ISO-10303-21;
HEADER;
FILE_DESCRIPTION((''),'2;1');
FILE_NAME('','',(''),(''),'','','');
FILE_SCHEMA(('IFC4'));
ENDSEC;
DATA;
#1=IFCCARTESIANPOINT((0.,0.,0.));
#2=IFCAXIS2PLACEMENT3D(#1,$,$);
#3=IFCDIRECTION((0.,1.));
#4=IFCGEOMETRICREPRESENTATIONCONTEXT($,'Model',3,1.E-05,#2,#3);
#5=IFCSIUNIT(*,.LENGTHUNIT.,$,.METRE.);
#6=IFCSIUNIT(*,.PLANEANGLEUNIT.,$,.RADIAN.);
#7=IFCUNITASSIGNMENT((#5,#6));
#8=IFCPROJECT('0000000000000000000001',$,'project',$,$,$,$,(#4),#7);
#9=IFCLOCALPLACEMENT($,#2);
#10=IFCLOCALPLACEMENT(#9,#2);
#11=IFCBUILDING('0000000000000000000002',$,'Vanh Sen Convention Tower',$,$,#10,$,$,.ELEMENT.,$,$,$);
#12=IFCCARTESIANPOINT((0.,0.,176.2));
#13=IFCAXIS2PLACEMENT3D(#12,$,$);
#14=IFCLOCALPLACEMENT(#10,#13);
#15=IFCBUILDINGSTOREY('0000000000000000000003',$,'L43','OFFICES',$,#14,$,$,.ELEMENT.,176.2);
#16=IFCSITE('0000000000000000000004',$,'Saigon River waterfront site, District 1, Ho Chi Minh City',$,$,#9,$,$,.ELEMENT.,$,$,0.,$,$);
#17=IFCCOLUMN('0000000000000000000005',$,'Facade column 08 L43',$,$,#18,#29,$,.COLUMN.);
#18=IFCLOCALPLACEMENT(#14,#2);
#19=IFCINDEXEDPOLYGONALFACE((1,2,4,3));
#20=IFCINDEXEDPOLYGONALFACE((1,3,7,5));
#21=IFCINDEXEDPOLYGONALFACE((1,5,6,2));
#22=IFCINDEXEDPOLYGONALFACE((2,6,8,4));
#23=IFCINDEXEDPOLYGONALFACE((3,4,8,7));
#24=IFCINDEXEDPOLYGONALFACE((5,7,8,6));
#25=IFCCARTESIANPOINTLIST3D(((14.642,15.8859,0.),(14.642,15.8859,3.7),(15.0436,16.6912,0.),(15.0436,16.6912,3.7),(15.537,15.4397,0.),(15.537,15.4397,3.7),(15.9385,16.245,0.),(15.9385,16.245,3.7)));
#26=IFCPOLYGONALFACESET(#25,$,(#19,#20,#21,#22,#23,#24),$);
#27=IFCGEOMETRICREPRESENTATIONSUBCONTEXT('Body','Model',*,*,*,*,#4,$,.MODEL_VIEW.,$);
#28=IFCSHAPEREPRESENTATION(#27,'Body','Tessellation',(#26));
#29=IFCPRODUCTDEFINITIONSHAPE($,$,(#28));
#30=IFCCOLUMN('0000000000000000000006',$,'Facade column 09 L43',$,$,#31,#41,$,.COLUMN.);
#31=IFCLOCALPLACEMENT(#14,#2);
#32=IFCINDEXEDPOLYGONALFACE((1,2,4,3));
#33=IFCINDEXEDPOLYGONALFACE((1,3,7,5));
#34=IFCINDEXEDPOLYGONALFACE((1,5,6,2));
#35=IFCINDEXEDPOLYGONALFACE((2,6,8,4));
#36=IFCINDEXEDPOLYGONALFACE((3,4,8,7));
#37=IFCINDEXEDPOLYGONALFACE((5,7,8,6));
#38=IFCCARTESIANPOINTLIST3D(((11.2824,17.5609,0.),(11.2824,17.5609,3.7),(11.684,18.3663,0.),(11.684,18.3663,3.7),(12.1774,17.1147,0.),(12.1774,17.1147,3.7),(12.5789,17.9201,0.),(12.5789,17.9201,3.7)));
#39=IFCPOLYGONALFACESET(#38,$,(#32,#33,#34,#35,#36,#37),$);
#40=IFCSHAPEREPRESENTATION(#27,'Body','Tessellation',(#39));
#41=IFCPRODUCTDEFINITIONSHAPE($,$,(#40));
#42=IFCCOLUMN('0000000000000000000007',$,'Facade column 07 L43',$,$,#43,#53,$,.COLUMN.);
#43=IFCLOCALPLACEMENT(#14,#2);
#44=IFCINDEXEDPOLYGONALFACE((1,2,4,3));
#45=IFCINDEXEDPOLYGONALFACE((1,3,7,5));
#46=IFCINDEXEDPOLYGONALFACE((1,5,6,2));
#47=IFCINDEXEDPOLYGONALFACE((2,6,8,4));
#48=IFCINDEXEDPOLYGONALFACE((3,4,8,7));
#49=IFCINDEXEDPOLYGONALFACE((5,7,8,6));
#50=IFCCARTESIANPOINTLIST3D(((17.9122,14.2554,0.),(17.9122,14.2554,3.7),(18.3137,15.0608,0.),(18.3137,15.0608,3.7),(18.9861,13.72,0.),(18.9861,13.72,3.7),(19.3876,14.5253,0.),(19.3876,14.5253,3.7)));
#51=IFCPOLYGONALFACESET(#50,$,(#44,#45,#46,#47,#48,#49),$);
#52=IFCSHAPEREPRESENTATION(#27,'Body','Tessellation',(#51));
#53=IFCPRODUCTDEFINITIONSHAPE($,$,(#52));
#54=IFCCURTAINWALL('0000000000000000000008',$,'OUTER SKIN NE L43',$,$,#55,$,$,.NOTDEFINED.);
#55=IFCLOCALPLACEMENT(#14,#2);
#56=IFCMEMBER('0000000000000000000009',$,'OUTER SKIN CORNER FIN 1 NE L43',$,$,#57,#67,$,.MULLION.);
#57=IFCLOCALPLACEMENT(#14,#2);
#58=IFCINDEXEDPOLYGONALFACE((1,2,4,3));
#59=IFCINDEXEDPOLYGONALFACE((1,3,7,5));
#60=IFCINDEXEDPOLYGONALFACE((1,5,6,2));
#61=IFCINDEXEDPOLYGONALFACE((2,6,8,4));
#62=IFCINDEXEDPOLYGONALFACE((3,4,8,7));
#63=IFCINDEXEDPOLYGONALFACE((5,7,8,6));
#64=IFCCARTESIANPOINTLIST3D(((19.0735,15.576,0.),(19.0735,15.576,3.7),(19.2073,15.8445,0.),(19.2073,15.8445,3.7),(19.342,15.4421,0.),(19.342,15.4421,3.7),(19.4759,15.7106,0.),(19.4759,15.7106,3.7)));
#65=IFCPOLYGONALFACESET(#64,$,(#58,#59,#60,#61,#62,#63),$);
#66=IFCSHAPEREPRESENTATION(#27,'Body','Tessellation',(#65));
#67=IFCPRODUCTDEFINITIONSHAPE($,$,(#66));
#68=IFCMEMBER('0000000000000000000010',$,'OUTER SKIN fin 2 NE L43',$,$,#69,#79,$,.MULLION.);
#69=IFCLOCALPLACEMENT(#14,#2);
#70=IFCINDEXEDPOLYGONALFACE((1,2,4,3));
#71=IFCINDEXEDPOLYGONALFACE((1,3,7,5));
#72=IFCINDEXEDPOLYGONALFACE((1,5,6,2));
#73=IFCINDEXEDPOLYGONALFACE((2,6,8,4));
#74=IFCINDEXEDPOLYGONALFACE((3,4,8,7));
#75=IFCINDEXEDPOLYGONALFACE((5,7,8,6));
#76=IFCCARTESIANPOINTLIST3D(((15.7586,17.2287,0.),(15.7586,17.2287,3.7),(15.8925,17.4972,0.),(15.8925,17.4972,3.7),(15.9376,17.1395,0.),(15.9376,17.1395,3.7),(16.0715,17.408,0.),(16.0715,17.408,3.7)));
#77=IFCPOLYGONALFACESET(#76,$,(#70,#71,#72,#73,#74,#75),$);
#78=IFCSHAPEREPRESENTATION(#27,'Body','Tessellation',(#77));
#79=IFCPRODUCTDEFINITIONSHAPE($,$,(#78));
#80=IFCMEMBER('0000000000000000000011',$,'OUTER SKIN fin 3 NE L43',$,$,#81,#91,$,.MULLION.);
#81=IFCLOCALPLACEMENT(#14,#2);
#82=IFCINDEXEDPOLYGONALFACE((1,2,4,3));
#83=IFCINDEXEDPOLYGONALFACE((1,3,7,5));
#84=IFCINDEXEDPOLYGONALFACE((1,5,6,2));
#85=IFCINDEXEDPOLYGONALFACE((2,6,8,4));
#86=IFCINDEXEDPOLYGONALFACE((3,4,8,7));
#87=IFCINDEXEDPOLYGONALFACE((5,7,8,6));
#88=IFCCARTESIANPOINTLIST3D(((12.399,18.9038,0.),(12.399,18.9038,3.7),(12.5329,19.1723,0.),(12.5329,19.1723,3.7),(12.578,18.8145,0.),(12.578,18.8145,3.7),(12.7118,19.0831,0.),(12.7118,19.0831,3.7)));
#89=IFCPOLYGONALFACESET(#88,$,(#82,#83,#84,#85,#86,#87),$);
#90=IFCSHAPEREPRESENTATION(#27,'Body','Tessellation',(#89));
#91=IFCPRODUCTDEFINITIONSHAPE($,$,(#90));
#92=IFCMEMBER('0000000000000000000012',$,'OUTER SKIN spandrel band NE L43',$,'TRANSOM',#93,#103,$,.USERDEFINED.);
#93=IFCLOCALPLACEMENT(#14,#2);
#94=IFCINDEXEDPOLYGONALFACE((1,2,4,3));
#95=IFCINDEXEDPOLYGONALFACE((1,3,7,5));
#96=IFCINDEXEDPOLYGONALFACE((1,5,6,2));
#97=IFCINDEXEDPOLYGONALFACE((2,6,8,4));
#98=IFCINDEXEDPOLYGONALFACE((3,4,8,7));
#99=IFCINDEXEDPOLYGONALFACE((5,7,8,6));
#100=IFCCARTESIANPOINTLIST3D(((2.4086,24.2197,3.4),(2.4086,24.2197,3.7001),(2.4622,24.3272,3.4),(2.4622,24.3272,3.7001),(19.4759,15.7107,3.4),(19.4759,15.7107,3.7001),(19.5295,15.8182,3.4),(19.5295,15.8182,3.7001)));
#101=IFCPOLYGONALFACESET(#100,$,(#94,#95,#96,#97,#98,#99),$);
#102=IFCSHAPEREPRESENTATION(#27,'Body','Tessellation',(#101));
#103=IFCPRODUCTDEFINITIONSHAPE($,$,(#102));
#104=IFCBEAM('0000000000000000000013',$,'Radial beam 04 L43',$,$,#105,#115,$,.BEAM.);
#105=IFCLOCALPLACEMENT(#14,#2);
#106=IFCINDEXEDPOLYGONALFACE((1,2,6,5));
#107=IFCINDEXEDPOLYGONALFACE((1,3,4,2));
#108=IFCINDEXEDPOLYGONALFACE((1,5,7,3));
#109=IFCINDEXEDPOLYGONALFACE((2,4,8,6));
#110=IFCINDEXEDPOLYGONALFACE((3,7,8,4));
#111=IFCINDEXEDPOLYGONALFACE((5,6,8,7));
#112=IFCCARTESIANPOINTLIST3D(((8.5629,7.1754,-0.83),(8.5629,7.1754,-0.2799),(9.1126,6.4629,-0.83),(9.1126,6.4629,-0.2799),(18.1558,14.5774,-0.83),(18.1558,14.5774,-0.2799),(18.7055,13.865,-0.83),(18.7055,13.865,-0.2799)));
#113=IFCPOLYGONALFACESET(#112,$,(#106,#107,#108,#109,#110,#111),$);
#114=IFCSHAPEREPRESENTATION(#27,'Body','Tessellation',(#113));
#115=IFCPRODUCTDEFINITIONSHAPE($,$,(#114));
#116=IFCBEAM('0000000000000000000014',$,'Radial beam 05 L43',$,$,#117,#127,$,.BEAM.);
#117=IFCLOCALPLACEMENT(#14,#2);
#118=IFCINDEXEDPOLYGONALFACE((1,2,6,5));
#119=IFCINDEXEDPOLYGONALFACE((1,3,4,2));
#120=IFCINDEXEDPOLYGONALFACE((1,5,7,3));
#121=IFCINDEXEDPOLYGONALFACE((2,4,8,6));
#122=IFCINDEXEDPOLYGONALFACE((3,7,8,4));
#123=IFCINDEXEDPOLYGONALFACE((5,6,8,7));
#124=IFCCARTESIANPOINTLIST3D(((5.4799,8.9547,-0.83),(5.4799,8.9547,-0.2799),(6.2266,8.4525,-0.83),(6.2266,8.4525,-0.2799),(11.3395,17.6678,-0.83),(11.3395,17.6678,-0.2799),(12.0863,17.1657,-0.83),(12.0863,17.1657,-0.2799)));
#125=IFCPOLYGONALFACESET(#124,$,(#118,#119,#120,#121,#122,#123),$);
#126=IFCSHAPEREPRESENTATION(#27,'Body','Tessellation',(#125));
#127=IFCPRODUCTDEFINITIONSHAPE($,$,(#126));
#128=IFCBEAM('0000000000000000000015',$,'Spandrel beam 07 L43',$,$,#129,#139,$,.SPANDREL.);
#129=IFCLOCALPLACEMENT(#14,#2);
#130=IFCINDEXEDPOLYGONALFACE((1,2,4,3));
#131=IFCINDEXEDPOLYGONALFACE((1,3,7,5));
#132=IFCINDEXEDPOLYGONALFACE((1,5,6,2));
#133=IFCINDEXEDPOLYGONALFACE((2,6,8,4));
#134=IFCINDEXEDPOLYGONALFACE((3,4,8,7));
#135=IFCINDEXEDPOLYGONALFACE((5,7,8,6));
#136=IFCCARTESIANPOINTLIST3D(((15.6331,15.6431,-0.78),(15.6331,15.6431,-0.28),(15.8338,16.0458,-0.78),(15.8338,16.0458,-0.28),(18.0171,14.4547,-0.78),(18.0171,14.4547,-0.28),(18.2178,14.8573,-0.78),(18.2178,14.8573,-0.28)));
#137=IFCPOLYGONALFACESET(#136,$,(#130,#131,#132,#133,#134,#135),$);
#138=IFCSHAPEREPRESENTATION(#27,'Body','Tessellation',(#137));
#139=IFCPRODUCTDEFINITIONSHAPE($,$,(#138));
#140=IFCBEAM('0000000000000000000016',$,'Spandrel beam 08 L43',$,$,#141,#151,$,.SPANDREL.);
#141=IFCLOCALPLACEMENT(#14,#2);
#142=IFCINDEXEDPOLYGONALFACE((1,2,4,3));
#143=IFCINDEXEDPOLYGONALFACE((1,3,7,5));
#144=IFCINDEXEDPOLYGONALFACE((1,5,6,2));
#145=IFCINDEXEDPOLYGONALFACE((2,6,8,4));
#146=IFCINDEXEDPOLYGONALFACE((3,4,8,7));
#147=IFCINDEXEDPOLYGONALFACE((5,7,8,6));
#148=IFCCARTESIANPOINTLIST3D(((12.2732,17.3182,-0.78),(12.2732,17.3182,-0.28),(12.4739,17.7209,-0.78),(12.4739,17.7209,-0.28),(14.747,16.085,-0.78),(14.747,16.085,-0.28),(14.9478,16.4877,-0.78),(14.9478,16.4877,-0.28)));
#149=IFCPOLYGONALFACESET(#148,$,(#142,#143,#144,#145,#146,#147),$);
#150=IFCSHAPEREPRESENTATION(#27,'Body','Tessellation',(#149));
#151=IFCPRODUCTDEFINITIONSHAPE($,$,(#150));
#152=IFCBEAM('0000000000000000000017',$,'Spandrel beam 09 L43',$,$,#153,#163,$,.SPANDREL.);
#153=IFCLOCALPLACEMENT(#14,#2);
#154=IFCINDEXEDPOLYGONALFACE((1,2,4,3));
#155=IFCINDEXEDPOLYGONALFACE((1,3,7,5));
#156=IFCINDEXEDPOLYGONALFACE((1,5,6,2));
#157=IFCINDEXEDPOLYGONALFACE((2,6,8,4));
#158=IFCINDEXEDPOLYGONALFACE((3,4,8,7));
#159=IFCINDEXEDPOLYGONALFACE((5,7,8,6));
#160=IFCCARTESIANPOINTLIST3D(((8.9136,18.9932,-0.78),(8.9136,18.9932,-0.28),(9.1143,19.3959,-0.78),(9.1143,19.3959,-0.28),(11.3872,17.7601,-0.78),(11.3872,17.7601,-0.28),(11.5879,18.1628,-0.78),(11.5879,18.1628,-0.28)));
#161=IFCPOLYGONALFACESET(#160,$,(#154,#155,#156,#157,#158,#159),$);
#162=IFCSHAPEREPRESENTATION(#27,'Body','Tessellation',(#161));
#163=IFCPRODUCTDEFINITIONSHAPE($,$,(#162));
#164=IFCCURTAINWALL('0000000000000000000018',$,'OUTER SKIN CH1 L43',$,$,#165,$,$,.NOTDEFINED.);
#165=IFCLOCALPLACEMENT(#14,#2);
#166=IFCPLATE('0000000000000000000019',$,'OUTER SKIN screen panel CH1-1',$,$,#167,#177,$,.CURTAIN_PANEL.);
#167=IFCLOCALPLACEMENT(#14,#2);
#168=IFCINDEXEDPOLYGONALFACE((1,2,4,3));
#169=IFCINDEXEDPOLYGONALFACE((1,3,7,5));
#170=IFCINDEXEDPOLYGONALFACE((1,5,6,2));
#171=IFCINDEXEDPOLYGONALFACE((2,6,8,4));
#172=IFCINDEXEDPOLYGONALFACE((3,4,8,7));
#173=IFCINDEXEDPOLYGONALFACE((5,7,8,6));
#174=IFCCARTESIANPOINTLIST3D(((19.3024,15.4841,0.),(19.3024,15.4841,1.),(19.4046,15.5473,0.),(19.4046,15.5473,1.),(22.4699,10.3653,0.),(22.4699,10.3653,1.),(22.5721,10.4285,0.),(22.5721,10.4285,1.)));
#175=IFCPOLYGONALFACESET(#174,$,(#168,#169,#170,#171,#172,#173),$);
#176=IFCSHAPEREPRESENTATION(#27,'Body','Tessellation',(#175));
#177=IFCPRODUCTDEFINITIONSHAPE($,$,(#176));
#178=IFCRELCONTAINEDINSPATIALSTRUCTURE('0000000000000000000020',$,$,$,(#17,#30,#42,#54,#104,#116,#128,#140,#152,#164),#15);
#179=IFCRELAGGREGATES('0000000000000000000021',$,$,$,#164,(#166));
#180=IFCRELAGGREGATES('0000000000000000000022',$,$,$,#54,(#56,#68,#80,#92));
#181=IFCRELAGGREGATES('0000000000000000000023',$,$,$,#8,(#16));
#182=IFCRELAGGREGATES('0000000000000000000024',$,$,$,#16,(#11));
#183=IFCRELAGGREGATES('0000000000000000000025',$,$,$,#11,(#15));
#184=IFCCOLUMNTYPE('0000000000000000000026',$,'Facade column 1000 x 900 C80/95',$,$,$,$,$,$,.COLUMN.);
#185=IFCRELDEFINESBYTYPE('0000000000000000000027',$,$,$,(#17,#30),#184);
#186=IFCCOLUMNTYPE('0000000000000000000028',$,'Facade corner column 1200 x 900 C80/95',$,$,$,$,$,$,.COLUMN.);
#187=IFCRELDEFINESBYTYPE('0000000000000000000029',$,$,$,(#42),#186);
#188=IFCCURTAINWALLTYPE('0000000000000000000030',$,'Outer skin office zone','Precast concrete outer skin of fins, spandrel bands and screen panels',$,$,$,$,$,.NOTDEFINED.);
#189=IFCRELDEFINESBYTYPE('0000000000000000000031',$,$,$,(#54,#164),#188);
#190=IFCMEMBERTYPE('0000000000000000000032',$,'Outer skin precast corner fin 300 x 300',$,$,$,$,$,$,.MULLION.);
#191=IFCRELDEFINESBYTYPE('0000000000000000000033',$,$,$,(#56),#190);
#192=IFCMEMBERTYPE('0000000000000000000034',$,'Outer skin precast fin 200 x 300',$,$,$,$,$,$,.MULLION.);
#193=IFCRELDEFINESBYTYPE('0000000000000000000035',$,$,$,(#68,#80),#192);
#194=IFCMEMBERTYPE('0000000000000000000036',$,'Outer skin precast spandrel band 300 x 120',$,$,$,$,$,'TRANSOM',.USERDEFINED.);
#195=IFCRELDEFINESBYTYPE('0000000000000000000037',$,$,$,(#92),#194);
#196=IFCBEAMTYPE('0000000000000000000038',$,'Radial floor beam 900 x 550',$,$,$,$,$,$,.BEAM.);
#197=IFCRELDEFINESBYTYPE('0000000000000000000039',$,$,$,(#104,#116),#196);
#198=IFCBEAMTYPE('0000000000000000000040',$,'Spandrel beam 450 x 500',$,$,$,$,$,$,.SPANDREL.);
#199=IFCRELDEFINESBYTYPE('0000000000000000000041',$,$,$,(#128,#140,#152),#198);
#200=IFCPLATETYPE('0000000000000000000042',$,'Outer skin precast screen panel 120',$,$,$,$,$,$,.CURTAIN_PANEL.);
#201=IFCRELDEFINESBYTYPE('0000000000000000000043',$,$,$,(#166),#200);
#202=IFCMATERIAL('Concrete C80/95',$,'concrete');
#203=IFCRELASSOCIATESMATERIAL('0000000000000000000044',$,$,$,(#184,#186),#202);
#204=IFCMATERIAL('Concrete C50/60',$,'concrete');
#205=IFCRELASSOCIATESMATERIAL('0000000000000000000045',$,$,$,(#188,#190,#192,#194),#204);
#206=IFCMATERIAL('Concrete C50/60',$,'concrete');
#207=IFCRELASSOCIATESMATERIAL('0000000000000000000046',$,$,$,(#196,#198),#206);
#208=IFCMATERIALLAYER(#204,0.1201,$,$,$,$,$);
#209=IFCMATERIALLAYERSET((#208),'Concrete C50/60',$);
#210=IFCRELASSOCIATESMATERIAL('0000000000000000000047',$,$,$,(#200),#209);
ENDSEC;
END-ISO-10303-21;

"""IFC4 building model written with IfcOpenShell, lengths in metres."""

from ifc_helpers import new_model, si_unit, direction, frame, origin, origin_2d, place, context, subcontext, project, spatial, rectangle, extrude, material, layer, layer_set, material_profile, profile_set, type_object, element, aggregate, save


model = new_model("IFC4")

# Units and contexts
model_context = context("Model", 3, precision=1e-05, world=origin(), true_north=direction((0.0, 1.0)))
body_context = subcontext(model_context, "Body", "Model", "MODEL_VIEW")
ifc_project = project(units=[si_unit("LENGTHUNIT", "METRE"), si_unit("PLANEANGLEUNIT", "RADIAN")], contexts=[model_context])

# Site, building, storey
site_placement = place(None, origin())
site = spatial("IfcSite", under=ifc_project, at=site_placement, Name="Saigon River waterfront site, District 1, Ho Chi Minh City", CompositionType="ELEMENT", RefElevation=0.0)
building_placement = place(site_placement, origin())
building = spatial("IfcBuilding", under=site, at=building_placement, Name="Vanh Sen Convention Tower", CompositionType="ELEMENT")
storey_placement = place(building_placement, frame((0.0, 0.0, 176.2)))
storey = spatial("IfcBuildingStorey", under=building, at=storey_placement, Name="L43", Description="OFFICES", CompositionType="ELEMENT", Elevation=176.2)

# Columns
ifc_material_1 = material(Name="Concrete C80/95", Category="concrete")
ifc_material_profile_1 = material_profile(ifc_material_1, rectangle(XDim=1.0, YDim=0.8999, at=origin_2d()), Name="RC 1000X900")
ifc_profile_set_1 = profile_set([ifc_material_profile_1], Name="Concrete C80/95")
column_type_1 = type_object("IfcColumnType", Name="Facade column 1000 x 900 C80/95", PredefinedType="COLUMN", material=ifc_profile_set_1)
for number, where, z_axis, x_axis, name in (
    (1, (15.2903, 16.0654, 0.0), (0.0, 0.0, 1.0), (-0.894934, 0.446198, 0.0), "Facade column 08 L43"),
    (2, (11.9307, 17.7405, 0.0), (0.0, 0.0, 1.0), (-0.894934, 0.446198, 0.0), "Facade column 09 L43"),
):
    element("IfcColumn", number, at=place(storey_placement, frame(where, z_axis=z_axis, x_axis=x_axis)), inside=storey, type_object=column_type_1, Name=name, PredefinedType="COLUMN", context=body_context, shape_type="SweptSolid", body=[
        extrude(rectangle(XDim=1.0, YDim=0.8999, at=origin_2d()), origin(), (0.0, 0.0, 1.0), 3.7),
    ])
ifc_material_profile_2 = material_profile(ifc_material_1, rectangle(XDim=1.2, YDim=0.8999, at=origin_2d()), Name="RC 1200X900")
ifc_profile_set_2 = profile_set([ifc_material_profile_2], Name="Concrete C80/95")
column_type_2 = type_object("IfcColumnType", Name="Facade corner column 1200 x 900 C80/95", PredefinedType="COLUMN", material=ifc_profile_set_2)
column_placement = place(storey_placement, frame((18.6499, 14.3904, 0.0), z_axis=(0.0, 0.0, 1.0), x_axis=(-0.894934, 0.446198, 0.0)))
element("IfcColumn", 3, at=column_placement, inside=storey, type_object=column_type_2, Name="Facade column 07 L43", PredefinedType="COLUMN", context=body_context, shape_type="SweptSolid", body=[
    extrude(rectangle(XDim=1.2, YDim=0.8999, at=origin_2d()), origin(), (0.0, 0.0, 1.0), 3.7),
])

# Curtain wall, members
ifc_material_2 = material(Name="Concrete C50/60", Category="concrete")
curtain_wall_type = type_object("IfcCurtainWallType", Name="Outer skin office zone", Description="Precast concrete outer skin of fins, spandrel bands and screen panels", PredefinedType="NOTDEFINED", material=ifc_material_2)
curtain_wall_1_placement = place(storey_placement, origin())
curtain_wall_1 = element("IfcCurtainWall", 4, at=curtain_wall_1_placement, inside=storey, type_object=curtain_wall_type, Name="OUTER SKIN NE L43", PredefinedType="NOTDEFINED")
ifc_material_profile_3 = material_profile(ifc_material_2, rectangle(XDim=0.3, YDim=0.3, at=origin_2d()), Name="Outer skin precast corner fin 300 x 300")
ifc_profile_set_3 = profile_set([ifc_material_profile_3], Name="Concrete C50/60")
member_type_1 = type_object("IfcMemberType", Name="Outer skin precast corner fin 300 x 300", PredefinedType="MULLION", material=ifc_profile_set_3)
member_1_placement = place(storey_placement, frame((19.2747, 15.6433, 0.0), z_axis=(0.0, 0.0, 1.0), x_axis=(-0.894934, 0.446198, 0.0)))
member_1 = element("IfcMember", 5, at=member_1_placement, type_object=member_type_1, Name="OUTER SKIN CORNER FIN 1 NE L43", PredefinedType="MULLION", context=body_context, shape_type="SweptSolid", body=[
    extrude(rectangle(XDim=0.3, YDim=0.3, at=origin_2d()), origin(), (0.0, 0.0, 1.0), 3.7),
])
ifc_material_profile_4 = material_profile(ifc_material_2, rectangle(XDim=0.2, YDim=0.3, at=origin_2d()), Name="Outer skin precast fin 200 x 300")
ifc_profile_set_4 = profile_set([ifc_material_profile_4], Name="Concrete C50/60")
member_type_2 = type_object("IfcMemberType", Name="Outer skin precast fin 200 x 300", PredefinedType="MULLION", material=ifc_profile_set_4)
member_2_placement = place(storey_placement, frame((15.915, 17.3184, 0.0), z_axis=(0.0, 0.0, 1.0), x_axis=(-0.894934, 0.446198, 0.0)))
member_2 = element("IfcMember", 6, at=member_2_placement, type_object=member_type_2, Name="OUTER SKIN fin 2 NE L43", PredefinedType="MULLION", context=body_context, shape_type="SweptSolid", body=[
    extrude(rectangle(XDim=0.2, YDim=0.3, at=origin_2d()), origin(), (0.0, 0.0, 1.0), 3.7),
])
member_3_placement = place(storey_placement, frame((12.5554, 18.9934, 0.0), z_axis=(0.0, 0.0, 1.0), x_axis=(-0.894934, 0.446198, 0.0)))
member_3 = element("IfcMember", 7, at=member_3_placement, type_object=member_type_2, Name="OUTER SKIN fin 3 NE L43", PredefinedType="MULLION", context=body_context, shape_type="SweptSolid", body=[
    extrude(rectangle(XDim=0.2, YDim=0.3, at=origin_2d()), origin(), (0.0, 0.0, 1.0), 3.7),
])
ifc_material_profile_5 = material_profile(ifc_material_2, rectangle(XDim=0.1201, YDim=0.3, at=origin_2d()), Name="Outer skin precast spandrel band 300 x 120")
ifc_profile_set_5 = profile_set([ifc_material_profile_5], Name="Concrete C50/60")
member_type_3 = type_object("IfcMemberType", Name="Outer skin precast spandrel band 300 x 120", ElementType="TRANSOM", PredefinedType="USERDEFINED", material=ifc_profile_set_5)
member_4_placement = place(storey_placement, frame((19.5027, 15.7644, 3.55), z_axis=(-0.894941, 0.446184, 0.0), x_axis=(-0.446184, -0.894941, 0.0)))
member_4 = element("IfcMember", 8, at=member_4_placement, type_object=member_type_3, Name="OUTER SKIN spandrel band NE L43", ObjectType="TRANSOM", PredefinedType="USERDEFINED", context=body_context, shape_type="SweptSolid", body=[
    extrude(rectangle(XDim=0.1201, YDim=0.3, at=origin_2d()), origin(), (0.0, 0.0, 1.0), 19.0708),
])

# Beams
ifc_material_3 = material(Name="Concrete C50/60", Category="concrete")
ifc_material_profile_6 = material_profile(ifc_material_3, rectangle(XDim=0.8999, YDim=0.55, at=origin_2d()), Name="RC 900X550")
ifc_profile_set_6 = profile_set([ifc_material_profile_6], Name="Concrete C50/60")
beam_type_1 = type_object("IfcBeamType", Name="Radial floor beam 900 x 550", PredefinedType="BEAM", material=ifc_profile_set_6)
beam_1_placement = place(storey_placement, frame((18.4307, 14.2212, -0.5549), z_axis=(-0.791712, -0.610895, 0.0), x_axis=(0.610895, -0.791712, 0.0)))
element("IfcBeam", 9, at=beam_1_placement, inside=storey, type_object=beam_type_1, Name="Radial beam 04 L43", PredefinedType="BEAM", context=body_context, shape_type="SweptSolid", body=[
    extrude(rectangle(XDim=0.8999, YDim=0.55, at=origin_2d()), origin(), (0.0, 0.0, 1.0), 12.1167),
])
beam_2_placement = place(storey_placement, frame((11.7129, 17.4167, -0.5549), z_axis=(-0.558049, -0.829808, 0.0), x_axis=(0.829808, -0.558049, 0.0)))
element("IfcBeam", 10, at=beam_2_placement, inside=storey, type_object=beam_type_1, Name="Radial beam 05 L43", PredefinedType="BEAM", context=body_context, shape_type="SweptSolid", body=[
    extrude(rectangle(XDim=0.8999, YDim=0.55, at=origin_2d()), origin(), (0.0, 0.0, 1.0), 10.5002),
])
ifc_material_profile_7 = material_profile(ifc_material_3, rectangle(XDim=0.45, YDim=0.5, at=origin_2d()), Name="RC 450X500")
ifc_profile_set_7 = profile_set([ifc_material_profile_7], Name="Concrete C50/60")
beam_type_2 = type_object("IfcBeamType", Name="Spandrel beam 450 x 500", PredefinedType="SPANDREL", material=ifc_profile_set_7)
beam_3_placement = place(storey_placement, frame((18.1174, 14.656, -0.53), z_axis=(-0.894958, 0.44615, 0.0), x_axis=(-0.44615, -0.894958, 0.0)))
element("IfcBeam", 11, at=beam_3_placement, inside=storey, type_object=beam_type_2, Name="Spandrel beam 07 L43", PredefinedType="SPANDREL", context=body_context, shape_type="SweptSolid", body=[
    extrude(rectangle(XDim=0.45, YDim=0.5, at=origin_2d()), origin(), (0.0, 0.0, 1.0), 2.6638),
])
beam_4_placement = place(storey_placement, frame((14.8474, 16.2864, -0.53), z_axis=(-0.894974, 0.446118, 0.0), x_axis=(-0.446118, -0.894974, 0.0)))
element("IfcBeam", 12, at=beam_4_placement, inside=storey, type_object=beam_type_2, Name="Spandrel beam 08 L43", PredefinedType="SPANDREL", context=body_context, shape_type="SweptSolid", body=[
    extrude(rectangle(XDim=0.45, YDim=0.5, at=origin_2d()), origin(), (0.0, 0.0, 1.0), 2.7642),
])
beam_5_placement = place(storey_placement, frame((11.4875, 17.9614, -0.53), z_axis=(-0.894957, 0.446153, 0.0), x_axis=(-0.446153, -0.894957, 0.0)))
element("IfcBeam", 13, at=beam_5_placement, inside=storey, type_object=beam_type_2, Name="Spandrel beam 09 L43", PredefinedType="SPANDREL", context=body_context, shape_type="SweptSolid", body=[
    extrude(rectangle(XDim=0.45, YDim=0.5, at=origin_2d()), origin(), (0.0, 0.0, 1.0), 2.7639),
])

# Curtain wall, plate
curtain_wall_2_placement = place(storey_placement, origin())
curtain_wall_2 = element("IfcCurtainWall", 14, at=curtain_wall_2_placement, inside=storey, type_object=curtain_wall_type, Name="OUTER SKIN CH1 L43", PredefinedType="NOTDEFINED")
ifc_layer_1 = layer(ifc_material_2, 0.1201)
ifc_layer_set_1 = layer_set([ifc_layer_1], Name="Concrete C50/60")
plate_type = type_object("IfcPlateType", Name="Outer skin precast screen panel 120", PredefinedType="CURTAIN_PANEL", material=ifc_layer_set_1)
plate_1_placement = place(storey_placement, frame((20.9373, 12.9563, 0.0), z_axis=(0.0, 0.0, 1.0), x_axis=(-0.526204, 0.850359, 0.0)))
plate_1 = element("IfcPlate", 15, at=plate_1_placement, type_object=plate_type, Name="OUTER SKIN screen panel CH1-1", PredefinedType="CURTAIN_PANEL", context=body_context, shape_type="SweptSolid", body=[
    extrude(rectangle(XDim=6.0195, YDim=0.1201, at=origin_2d()), origin(), (0.0, 0.0, 1.0), 1.0),
])
aggregate(curtain_wall_2, [plate_1])

aggregate(curtain_wall_1, [member_1, member_2, member_3, member_4])

save(model, "model.ifc")
